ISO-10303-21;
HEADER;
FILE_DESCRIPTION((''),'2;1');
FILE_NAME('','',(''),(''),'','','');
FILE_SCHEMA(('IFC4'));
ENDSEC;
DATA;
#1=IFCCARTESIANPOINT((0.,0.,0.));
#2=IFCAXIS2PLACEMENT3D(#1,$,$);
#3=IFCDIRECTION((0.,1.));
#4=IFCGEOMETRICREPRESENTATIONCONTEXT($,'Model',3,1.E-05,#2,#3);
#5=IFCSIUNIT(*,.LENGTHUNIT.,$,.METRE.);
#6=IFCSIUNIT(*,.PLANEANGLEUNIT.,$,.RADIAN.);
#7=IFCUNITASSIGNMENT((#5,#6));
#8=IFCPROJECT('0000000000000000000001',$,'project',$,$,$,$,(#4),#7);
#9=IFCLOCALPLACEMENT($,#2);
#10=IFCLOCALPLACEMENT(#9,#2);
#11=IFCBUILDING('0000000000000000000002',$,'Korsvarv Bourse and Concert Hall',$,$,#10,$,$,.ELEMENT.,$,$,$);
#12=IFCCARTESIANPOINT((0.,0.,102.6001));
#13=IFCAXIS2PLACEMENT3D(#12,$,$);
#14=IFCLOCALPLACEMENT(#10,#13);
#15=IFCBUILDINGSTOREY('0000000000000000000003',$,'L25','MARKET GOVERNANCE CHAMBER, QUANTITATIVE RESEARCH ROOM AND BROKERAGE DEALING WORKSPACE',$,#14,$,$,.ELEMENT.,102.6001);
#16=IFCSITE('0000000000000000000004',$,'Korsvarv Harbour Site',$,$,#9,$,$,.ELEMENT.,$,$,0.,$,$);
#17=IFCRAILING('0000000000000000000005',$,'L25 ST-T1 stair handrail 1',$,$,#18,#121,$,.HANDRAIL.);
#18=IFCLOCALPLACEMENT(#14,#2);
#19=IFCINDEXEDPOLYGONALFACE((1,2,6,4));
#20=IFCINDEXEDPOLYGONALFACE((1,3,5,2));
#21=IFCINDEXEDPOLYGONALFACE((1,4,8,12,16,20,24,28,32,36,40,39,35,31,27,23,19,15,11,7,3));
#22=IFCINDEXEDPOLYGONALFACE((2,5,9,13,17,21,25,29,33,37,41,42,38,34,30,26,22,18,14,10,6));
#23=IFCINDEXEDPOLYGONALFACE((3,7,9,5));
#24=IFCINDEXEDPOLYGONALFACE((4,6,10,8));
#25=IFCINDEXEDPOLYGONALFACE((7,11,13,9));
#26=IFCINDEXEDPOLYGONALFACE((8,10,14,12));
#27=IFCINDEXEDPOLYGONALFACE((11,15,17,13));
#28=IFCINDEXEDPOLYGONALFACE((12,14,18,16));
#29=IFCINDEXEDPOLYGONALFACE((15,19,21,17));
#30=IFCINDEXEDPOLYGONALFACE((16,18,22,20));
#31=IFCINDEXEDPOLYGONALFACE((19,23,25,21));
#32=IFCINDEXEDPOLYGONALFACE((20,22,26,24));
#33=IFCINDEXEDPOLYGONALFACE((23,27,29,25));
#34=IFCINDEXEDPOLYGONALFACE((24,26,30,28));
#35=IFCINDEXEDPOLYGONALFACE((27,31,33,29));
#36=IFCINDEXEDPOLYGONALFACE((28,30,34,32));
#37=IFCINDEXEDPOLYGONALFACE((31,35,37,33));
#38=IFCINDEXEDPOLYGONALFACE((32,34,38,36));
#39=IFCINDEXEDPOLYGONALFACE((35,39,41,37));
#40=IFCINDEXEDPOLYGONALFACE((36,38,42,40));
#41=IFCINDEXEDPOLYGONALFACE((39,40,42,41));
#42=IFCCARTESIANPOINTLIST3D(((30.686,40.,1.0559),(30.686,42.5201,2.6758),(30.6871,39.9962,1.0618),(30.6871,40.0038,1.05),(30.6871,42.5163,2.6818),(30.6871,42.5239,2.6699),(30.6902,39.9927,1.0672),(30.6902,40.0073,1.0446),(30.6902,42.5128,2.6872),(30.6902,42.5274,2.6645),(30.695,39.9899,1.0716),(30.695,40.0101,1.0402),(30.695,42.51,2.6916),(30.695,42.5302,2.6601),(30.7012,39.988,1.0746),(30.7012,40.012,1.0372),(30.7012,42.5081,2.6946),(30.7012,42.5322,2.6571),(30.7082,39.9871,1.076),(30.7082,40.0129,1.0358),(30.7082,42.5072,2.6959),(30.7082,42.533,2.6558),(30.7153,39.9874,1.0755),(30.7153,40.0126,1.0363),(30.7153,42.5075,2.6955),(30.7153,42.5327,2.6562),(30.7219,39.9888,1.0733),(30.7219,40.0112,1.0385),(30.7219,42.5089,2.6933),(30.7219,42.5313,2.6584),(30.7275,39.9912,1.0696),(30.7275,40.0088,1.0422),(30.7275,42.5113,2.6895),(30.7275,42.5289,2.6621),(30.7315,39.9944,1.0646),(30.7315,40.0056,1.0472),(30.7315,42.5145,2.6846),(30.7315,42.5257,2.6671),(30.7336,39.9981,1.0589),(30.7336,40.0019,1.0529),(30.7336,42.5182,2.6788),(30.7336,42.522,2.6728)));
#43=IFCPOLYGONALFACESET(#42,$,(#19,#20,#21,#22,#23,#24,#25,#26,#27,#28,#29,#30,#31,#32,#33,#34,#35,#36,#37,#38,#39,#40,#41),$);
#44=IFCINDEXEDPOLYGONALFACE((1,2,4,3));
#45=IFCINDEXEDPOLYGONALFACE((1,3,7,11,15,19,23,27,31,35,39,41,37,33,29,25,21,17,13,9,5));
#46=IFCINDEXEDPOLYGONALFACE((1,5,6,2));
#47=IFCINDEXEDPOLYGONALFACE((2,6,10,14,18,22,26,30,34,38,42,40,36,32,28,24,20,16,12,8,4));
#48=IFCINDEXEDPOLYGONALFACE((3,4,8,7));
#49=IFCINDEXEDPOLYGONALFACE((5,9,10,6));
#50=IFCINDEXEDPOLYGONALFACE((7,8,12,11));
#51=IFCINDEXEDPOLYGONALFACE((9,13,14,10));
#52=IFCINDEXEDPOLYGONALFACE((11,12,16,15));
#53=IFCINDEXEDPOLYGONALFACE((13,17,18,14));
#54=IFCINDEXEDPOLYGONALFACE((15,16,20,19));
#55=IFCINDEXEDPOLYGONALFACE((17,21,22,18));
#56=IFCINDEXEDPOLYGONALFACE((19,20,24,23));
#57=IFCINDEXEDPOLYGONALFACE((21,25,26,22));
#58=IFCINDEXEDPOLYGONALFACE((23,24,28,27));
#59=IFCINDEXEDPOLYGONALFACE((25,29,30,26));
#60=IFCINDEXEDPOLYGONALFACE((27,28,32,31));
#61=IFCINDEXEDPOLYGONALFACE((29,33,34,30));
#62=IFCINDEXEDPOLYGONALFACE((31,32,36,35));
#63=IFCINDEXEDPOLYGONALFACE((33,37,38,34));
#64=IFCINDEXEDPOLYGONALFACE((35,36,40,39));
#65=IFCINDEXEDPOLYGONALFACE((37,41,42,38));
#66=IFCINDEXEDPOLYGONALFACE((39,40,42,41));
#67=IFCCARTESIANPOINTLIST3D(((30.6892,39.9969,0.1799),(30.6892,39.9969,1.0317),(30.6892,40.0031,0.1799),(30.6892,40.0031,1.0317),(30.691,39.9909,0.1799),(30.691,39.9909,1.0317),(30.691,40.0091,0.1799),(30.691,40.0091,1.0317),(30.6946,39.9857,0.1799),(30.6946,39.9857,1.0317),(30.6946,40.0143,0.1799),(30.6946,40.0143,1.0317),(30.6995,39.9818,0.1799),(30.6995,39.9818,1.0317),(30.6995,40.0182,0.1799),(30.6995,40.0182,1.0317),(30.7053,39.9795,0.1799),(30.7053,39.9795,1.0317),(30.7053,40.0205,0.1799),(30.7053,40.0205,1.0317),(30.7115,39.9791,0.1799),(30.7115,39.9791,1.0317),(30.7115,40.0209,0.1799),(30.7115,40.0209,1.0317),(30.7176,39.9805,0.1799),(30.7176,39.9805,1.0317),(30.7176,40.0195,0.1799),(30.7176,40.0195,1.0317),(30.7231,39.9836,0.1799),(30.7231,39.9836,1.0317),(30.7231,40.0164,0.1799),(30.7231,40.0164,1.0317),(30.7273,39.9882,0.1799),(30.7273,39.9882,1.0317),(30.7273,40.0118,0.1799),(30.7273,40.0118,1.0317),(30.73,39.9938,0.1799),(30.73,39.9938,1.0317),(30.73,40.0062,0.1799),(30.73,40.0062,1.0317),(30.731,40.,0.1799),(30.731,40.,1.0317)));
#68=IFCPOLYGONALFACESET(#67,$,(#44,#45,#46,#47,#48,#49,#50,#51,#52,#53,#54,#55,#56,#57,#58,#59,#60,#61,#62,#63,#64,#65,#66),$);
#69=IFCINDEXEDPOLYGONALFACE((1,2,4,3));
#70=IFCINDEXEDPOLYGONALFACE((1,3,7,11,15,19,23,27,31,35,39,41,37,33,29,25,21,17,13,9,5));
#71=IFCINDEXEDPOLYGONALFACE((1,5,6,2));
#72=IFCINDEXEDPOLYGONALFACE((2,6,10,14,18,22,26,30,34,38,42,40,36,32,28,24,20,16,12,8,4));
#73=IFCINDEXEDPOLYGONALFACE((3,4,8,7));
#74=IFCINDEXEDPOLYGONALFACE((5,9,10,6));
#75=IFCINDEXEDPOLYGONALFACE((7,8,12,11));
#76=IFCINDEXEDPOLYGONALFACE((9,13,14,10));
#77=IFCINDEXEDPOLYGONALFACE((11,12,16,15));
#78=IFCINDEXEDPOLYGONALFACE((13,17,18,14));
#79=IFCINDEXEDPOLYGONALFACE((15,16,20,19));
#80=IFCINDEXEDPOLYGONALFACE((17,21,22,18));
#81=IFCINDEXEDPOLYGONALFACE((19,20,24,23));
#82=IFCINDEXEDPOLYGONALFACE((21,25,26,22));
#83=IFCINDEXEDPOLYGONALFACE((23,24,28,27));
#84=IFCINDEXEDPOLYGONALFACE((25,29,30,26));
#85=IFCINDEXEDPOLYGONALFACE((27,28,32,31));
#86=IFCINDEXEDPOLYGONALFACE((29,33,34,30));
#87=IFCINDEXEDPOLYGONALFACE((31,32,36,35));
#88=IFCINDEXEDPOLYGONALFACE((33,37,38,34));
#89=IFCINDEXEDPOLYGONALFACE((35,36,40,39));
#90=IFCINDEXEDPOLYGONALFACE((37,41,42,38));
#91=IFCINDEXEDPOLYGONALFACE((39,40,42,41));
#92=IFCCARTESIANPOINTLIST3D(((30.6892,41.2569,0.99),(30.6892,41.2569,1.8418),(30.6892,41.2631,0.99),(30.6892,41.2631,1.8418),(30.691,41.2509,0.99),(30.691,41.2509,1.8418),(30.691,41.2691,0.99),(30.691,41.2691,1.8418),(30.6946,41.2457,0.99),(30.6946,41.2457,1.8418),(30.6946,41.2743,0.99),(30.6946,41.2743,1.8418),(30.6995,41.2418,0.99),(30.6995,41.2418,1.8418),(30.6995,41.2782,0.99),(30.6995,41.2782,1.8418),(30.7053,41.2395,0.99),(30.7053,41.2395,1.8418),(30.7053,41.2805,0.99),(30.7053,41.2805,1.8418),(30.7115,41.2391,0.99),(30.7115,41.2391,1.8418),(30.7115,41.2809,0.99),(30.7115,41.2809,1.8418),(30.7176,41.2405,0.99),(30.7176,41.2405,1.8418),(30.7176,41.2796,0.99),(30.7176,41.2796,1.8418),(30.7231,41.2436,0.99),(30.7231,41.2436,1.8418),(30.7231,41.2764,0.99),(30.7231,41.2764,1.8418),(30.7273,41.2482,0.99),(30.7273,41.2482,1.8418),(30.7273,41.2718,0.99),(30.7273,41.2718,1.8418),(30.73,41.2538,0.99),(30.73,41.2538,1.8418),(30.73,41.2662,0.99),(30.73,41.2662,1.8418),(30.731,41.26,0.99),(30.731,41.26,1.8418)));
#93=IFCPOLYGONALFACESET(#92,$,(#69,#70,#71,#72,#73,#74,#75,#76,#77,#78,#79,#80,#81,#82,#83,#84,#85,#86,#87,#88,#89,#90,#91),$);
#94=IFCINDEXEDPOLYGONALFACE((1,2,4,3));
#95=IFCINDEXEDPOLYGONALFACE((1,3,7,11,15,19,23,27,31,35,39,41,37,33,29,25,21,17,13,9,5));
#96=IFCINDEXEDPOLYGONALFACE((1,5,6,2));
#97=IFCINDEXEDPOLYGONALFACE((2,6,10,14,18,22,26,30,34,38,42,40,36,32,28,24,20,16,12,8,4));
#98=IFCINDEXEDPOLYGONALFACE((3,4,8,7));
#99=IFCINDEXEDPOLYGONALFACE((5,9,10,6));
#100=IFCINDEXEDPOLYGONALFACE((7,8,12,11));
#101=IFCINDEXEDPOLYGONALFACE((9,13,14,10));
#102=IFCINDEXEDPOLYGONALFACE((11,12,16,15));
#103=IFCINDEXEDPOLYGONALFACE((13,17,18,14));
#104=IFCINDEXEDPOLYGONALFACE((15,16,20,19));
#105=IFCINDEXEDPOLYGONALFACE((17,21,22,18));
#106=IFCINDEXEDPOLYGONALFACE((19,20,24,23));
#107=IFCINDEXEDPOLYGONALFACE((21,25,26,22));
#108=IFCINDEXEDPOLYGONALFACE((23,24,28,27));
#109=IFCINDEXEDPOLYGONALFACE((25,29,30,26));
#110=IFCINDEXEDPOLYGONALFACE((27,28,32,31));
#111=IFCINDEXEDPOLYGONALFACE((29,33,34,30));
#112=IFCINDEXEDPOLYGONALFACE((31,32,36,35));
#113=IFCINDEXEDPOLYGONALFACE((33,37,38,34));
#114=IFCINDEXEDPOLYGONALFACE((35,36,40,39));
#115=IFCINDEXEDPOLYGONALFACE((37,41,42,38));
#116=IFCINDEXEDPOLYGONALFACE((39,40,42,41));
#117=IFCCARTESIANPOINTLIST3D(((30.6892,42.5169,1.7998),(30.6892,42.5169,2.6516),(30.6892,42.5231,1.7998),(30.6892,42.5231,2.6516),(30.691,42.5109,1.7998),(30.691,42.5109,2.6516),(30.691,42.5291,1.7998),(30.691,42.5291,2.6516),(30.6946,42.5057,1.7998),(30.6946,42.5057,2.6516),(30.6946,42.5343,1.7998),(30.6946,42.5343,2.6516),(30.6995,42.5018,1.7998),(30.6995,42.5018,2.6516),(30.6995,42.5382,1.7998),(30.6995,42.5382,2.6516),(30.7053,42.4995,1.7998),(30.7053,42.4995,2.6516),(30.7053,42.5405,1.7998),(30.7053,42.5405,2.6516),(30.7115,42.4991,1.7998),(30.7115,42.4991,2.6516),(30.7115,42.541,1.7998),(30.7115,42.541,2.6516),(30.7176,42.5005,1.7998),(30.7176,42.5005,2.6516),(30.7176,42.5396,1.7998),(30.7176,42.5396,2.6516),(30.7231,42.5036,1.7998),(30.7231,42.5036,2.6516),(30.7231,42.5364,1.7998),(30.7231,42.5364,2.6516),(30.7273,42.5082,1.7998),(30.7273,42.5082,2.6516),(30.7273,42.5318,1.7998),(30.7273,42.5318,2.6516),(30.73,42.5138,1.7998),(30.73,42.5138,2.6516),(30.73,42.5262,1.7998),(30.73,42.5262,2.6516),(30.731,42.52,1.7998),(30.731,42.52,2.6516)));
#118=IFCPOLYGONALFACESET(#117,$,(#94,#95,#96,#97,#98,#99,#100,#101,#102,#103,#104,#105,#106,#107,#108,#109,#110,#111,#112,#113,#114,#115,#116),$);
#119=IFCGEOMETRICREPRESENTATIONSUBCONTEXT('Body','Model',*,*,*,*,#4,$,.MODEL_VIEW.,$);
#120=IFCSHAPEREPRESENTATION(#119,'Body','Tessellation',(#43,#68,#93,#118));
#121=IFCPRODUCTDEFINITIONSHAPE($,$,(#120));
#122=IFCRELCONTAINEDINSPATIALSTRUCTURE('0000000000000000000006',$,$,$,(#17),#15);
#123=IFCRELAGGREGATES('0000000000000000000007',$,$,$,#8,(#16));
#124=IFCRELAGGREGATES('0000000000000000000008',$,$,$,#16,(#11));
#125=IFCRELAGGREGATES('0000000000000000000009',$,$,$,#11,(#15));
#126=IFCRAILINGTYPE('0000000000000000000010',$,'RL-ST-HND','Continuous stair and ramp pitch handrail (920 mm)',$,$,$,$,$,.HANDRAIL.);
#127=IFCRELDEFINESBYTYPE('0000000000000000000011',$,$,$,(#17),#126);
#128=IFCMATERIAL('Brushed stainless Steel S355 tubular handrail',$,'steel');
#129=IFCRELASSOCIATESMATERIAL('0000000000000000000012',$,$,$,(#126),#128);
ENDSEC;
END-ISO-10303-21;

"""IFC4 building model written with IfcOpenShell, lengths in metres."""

from ifc_helpers import new_model, si_unit, direction, frame, origin, origin_2d, place, context, subcontext, project, spatial, circle, extrude, material, type_object, element, save


model = new_model("IFC4")

# Units and contexts
model_context = context("Model", 3, precision=1e-05, world=origin(), true_north=direction((0.0, 1.0)))
body_context = subcontext(model_context, "Body", "Model", "MODEL_VIEW")
ifc_project = project(units=[si_unit("LENGTHUNIT", "METRE"), si_unit("PLANEANGLEUNIT", "RADIAN")], contexts=[model_context])

# Site, building, storey
site_placement = place(None, origin())
site = spatial("IfcSite", under=ifc_project, at=site_placement, Name="Korsvarv Harbour Site", CompositionType="ELEMENT", RefElevation=0.0)
building_placement = place(site_placement, origin())
building = spatial("IfcBuilding", under=site, at=building_placement, Name="Korsvarv Bourse and Concert Hall", CompositionType="ELEMENT")
storey_placement = place(building_placement, frame((0.0, 0.0, 102.6001)))
storey = spatial("IfcBuildingStorey", under=building, at=storey_placement, Name="L25", Description="MARKET GOVERNANCE CHAMBER, QUANTITATIVE RESEARCH ROOM AND BROKERAGE DEALING WORKSPACE", CompositionType="ELEMENT", Elevation=102.6001)

# Railing
ifc_material_1 = material(Name="Brushed stainless Steel S355 tubular handrail", Category="steel")
railing_type_1 = type_object("IfcRailingType", Name="RL-ST-HND", Description="Continuous stair and ramp pitch handrail (920 mm)", PredefinedType="HANDRAIL", material=ifc_material_1)
railing_1_placement = place(storey_placement, frame((30.71, 40.0, 0.1799)))
element("IfcRailing", 1, at=railing_1_placement, inside=storey, type_object=railing_type_1, Name="L25 ST-T1 stair handrail 1", PredefinedType="HANDRAIL", context=body_context, shape_type="SweptSolid", body=[
    extrude(circle(Radius=0.0239, at=origin_2d()), frame((0.0, 0.0, 0.876), z_axis=(0.0, 0.8412, 0.540725), x_axis=(-1.0, 0.0, 0.0)), (0.0, 0.0, 1.0), 2.9958),
    extrude(circle(Radius=0.021, at=origin_2d()), origin(), (0.0, 0.0, 1.0), 0.8518),
    extrude(circle(Radius=0.021, at=origin_2d()), frame((0.0, 1.26, 0.8101)), (0.0, 0.0, 1.0), 0.8518),
    extrude(circle(Radius=0.021, at=origin_2d()), frame((0.0, 2.52, 1.6199)), (0.0, 0.0, 1.0), 0.8518),
])

save(model, "model.ifc")
